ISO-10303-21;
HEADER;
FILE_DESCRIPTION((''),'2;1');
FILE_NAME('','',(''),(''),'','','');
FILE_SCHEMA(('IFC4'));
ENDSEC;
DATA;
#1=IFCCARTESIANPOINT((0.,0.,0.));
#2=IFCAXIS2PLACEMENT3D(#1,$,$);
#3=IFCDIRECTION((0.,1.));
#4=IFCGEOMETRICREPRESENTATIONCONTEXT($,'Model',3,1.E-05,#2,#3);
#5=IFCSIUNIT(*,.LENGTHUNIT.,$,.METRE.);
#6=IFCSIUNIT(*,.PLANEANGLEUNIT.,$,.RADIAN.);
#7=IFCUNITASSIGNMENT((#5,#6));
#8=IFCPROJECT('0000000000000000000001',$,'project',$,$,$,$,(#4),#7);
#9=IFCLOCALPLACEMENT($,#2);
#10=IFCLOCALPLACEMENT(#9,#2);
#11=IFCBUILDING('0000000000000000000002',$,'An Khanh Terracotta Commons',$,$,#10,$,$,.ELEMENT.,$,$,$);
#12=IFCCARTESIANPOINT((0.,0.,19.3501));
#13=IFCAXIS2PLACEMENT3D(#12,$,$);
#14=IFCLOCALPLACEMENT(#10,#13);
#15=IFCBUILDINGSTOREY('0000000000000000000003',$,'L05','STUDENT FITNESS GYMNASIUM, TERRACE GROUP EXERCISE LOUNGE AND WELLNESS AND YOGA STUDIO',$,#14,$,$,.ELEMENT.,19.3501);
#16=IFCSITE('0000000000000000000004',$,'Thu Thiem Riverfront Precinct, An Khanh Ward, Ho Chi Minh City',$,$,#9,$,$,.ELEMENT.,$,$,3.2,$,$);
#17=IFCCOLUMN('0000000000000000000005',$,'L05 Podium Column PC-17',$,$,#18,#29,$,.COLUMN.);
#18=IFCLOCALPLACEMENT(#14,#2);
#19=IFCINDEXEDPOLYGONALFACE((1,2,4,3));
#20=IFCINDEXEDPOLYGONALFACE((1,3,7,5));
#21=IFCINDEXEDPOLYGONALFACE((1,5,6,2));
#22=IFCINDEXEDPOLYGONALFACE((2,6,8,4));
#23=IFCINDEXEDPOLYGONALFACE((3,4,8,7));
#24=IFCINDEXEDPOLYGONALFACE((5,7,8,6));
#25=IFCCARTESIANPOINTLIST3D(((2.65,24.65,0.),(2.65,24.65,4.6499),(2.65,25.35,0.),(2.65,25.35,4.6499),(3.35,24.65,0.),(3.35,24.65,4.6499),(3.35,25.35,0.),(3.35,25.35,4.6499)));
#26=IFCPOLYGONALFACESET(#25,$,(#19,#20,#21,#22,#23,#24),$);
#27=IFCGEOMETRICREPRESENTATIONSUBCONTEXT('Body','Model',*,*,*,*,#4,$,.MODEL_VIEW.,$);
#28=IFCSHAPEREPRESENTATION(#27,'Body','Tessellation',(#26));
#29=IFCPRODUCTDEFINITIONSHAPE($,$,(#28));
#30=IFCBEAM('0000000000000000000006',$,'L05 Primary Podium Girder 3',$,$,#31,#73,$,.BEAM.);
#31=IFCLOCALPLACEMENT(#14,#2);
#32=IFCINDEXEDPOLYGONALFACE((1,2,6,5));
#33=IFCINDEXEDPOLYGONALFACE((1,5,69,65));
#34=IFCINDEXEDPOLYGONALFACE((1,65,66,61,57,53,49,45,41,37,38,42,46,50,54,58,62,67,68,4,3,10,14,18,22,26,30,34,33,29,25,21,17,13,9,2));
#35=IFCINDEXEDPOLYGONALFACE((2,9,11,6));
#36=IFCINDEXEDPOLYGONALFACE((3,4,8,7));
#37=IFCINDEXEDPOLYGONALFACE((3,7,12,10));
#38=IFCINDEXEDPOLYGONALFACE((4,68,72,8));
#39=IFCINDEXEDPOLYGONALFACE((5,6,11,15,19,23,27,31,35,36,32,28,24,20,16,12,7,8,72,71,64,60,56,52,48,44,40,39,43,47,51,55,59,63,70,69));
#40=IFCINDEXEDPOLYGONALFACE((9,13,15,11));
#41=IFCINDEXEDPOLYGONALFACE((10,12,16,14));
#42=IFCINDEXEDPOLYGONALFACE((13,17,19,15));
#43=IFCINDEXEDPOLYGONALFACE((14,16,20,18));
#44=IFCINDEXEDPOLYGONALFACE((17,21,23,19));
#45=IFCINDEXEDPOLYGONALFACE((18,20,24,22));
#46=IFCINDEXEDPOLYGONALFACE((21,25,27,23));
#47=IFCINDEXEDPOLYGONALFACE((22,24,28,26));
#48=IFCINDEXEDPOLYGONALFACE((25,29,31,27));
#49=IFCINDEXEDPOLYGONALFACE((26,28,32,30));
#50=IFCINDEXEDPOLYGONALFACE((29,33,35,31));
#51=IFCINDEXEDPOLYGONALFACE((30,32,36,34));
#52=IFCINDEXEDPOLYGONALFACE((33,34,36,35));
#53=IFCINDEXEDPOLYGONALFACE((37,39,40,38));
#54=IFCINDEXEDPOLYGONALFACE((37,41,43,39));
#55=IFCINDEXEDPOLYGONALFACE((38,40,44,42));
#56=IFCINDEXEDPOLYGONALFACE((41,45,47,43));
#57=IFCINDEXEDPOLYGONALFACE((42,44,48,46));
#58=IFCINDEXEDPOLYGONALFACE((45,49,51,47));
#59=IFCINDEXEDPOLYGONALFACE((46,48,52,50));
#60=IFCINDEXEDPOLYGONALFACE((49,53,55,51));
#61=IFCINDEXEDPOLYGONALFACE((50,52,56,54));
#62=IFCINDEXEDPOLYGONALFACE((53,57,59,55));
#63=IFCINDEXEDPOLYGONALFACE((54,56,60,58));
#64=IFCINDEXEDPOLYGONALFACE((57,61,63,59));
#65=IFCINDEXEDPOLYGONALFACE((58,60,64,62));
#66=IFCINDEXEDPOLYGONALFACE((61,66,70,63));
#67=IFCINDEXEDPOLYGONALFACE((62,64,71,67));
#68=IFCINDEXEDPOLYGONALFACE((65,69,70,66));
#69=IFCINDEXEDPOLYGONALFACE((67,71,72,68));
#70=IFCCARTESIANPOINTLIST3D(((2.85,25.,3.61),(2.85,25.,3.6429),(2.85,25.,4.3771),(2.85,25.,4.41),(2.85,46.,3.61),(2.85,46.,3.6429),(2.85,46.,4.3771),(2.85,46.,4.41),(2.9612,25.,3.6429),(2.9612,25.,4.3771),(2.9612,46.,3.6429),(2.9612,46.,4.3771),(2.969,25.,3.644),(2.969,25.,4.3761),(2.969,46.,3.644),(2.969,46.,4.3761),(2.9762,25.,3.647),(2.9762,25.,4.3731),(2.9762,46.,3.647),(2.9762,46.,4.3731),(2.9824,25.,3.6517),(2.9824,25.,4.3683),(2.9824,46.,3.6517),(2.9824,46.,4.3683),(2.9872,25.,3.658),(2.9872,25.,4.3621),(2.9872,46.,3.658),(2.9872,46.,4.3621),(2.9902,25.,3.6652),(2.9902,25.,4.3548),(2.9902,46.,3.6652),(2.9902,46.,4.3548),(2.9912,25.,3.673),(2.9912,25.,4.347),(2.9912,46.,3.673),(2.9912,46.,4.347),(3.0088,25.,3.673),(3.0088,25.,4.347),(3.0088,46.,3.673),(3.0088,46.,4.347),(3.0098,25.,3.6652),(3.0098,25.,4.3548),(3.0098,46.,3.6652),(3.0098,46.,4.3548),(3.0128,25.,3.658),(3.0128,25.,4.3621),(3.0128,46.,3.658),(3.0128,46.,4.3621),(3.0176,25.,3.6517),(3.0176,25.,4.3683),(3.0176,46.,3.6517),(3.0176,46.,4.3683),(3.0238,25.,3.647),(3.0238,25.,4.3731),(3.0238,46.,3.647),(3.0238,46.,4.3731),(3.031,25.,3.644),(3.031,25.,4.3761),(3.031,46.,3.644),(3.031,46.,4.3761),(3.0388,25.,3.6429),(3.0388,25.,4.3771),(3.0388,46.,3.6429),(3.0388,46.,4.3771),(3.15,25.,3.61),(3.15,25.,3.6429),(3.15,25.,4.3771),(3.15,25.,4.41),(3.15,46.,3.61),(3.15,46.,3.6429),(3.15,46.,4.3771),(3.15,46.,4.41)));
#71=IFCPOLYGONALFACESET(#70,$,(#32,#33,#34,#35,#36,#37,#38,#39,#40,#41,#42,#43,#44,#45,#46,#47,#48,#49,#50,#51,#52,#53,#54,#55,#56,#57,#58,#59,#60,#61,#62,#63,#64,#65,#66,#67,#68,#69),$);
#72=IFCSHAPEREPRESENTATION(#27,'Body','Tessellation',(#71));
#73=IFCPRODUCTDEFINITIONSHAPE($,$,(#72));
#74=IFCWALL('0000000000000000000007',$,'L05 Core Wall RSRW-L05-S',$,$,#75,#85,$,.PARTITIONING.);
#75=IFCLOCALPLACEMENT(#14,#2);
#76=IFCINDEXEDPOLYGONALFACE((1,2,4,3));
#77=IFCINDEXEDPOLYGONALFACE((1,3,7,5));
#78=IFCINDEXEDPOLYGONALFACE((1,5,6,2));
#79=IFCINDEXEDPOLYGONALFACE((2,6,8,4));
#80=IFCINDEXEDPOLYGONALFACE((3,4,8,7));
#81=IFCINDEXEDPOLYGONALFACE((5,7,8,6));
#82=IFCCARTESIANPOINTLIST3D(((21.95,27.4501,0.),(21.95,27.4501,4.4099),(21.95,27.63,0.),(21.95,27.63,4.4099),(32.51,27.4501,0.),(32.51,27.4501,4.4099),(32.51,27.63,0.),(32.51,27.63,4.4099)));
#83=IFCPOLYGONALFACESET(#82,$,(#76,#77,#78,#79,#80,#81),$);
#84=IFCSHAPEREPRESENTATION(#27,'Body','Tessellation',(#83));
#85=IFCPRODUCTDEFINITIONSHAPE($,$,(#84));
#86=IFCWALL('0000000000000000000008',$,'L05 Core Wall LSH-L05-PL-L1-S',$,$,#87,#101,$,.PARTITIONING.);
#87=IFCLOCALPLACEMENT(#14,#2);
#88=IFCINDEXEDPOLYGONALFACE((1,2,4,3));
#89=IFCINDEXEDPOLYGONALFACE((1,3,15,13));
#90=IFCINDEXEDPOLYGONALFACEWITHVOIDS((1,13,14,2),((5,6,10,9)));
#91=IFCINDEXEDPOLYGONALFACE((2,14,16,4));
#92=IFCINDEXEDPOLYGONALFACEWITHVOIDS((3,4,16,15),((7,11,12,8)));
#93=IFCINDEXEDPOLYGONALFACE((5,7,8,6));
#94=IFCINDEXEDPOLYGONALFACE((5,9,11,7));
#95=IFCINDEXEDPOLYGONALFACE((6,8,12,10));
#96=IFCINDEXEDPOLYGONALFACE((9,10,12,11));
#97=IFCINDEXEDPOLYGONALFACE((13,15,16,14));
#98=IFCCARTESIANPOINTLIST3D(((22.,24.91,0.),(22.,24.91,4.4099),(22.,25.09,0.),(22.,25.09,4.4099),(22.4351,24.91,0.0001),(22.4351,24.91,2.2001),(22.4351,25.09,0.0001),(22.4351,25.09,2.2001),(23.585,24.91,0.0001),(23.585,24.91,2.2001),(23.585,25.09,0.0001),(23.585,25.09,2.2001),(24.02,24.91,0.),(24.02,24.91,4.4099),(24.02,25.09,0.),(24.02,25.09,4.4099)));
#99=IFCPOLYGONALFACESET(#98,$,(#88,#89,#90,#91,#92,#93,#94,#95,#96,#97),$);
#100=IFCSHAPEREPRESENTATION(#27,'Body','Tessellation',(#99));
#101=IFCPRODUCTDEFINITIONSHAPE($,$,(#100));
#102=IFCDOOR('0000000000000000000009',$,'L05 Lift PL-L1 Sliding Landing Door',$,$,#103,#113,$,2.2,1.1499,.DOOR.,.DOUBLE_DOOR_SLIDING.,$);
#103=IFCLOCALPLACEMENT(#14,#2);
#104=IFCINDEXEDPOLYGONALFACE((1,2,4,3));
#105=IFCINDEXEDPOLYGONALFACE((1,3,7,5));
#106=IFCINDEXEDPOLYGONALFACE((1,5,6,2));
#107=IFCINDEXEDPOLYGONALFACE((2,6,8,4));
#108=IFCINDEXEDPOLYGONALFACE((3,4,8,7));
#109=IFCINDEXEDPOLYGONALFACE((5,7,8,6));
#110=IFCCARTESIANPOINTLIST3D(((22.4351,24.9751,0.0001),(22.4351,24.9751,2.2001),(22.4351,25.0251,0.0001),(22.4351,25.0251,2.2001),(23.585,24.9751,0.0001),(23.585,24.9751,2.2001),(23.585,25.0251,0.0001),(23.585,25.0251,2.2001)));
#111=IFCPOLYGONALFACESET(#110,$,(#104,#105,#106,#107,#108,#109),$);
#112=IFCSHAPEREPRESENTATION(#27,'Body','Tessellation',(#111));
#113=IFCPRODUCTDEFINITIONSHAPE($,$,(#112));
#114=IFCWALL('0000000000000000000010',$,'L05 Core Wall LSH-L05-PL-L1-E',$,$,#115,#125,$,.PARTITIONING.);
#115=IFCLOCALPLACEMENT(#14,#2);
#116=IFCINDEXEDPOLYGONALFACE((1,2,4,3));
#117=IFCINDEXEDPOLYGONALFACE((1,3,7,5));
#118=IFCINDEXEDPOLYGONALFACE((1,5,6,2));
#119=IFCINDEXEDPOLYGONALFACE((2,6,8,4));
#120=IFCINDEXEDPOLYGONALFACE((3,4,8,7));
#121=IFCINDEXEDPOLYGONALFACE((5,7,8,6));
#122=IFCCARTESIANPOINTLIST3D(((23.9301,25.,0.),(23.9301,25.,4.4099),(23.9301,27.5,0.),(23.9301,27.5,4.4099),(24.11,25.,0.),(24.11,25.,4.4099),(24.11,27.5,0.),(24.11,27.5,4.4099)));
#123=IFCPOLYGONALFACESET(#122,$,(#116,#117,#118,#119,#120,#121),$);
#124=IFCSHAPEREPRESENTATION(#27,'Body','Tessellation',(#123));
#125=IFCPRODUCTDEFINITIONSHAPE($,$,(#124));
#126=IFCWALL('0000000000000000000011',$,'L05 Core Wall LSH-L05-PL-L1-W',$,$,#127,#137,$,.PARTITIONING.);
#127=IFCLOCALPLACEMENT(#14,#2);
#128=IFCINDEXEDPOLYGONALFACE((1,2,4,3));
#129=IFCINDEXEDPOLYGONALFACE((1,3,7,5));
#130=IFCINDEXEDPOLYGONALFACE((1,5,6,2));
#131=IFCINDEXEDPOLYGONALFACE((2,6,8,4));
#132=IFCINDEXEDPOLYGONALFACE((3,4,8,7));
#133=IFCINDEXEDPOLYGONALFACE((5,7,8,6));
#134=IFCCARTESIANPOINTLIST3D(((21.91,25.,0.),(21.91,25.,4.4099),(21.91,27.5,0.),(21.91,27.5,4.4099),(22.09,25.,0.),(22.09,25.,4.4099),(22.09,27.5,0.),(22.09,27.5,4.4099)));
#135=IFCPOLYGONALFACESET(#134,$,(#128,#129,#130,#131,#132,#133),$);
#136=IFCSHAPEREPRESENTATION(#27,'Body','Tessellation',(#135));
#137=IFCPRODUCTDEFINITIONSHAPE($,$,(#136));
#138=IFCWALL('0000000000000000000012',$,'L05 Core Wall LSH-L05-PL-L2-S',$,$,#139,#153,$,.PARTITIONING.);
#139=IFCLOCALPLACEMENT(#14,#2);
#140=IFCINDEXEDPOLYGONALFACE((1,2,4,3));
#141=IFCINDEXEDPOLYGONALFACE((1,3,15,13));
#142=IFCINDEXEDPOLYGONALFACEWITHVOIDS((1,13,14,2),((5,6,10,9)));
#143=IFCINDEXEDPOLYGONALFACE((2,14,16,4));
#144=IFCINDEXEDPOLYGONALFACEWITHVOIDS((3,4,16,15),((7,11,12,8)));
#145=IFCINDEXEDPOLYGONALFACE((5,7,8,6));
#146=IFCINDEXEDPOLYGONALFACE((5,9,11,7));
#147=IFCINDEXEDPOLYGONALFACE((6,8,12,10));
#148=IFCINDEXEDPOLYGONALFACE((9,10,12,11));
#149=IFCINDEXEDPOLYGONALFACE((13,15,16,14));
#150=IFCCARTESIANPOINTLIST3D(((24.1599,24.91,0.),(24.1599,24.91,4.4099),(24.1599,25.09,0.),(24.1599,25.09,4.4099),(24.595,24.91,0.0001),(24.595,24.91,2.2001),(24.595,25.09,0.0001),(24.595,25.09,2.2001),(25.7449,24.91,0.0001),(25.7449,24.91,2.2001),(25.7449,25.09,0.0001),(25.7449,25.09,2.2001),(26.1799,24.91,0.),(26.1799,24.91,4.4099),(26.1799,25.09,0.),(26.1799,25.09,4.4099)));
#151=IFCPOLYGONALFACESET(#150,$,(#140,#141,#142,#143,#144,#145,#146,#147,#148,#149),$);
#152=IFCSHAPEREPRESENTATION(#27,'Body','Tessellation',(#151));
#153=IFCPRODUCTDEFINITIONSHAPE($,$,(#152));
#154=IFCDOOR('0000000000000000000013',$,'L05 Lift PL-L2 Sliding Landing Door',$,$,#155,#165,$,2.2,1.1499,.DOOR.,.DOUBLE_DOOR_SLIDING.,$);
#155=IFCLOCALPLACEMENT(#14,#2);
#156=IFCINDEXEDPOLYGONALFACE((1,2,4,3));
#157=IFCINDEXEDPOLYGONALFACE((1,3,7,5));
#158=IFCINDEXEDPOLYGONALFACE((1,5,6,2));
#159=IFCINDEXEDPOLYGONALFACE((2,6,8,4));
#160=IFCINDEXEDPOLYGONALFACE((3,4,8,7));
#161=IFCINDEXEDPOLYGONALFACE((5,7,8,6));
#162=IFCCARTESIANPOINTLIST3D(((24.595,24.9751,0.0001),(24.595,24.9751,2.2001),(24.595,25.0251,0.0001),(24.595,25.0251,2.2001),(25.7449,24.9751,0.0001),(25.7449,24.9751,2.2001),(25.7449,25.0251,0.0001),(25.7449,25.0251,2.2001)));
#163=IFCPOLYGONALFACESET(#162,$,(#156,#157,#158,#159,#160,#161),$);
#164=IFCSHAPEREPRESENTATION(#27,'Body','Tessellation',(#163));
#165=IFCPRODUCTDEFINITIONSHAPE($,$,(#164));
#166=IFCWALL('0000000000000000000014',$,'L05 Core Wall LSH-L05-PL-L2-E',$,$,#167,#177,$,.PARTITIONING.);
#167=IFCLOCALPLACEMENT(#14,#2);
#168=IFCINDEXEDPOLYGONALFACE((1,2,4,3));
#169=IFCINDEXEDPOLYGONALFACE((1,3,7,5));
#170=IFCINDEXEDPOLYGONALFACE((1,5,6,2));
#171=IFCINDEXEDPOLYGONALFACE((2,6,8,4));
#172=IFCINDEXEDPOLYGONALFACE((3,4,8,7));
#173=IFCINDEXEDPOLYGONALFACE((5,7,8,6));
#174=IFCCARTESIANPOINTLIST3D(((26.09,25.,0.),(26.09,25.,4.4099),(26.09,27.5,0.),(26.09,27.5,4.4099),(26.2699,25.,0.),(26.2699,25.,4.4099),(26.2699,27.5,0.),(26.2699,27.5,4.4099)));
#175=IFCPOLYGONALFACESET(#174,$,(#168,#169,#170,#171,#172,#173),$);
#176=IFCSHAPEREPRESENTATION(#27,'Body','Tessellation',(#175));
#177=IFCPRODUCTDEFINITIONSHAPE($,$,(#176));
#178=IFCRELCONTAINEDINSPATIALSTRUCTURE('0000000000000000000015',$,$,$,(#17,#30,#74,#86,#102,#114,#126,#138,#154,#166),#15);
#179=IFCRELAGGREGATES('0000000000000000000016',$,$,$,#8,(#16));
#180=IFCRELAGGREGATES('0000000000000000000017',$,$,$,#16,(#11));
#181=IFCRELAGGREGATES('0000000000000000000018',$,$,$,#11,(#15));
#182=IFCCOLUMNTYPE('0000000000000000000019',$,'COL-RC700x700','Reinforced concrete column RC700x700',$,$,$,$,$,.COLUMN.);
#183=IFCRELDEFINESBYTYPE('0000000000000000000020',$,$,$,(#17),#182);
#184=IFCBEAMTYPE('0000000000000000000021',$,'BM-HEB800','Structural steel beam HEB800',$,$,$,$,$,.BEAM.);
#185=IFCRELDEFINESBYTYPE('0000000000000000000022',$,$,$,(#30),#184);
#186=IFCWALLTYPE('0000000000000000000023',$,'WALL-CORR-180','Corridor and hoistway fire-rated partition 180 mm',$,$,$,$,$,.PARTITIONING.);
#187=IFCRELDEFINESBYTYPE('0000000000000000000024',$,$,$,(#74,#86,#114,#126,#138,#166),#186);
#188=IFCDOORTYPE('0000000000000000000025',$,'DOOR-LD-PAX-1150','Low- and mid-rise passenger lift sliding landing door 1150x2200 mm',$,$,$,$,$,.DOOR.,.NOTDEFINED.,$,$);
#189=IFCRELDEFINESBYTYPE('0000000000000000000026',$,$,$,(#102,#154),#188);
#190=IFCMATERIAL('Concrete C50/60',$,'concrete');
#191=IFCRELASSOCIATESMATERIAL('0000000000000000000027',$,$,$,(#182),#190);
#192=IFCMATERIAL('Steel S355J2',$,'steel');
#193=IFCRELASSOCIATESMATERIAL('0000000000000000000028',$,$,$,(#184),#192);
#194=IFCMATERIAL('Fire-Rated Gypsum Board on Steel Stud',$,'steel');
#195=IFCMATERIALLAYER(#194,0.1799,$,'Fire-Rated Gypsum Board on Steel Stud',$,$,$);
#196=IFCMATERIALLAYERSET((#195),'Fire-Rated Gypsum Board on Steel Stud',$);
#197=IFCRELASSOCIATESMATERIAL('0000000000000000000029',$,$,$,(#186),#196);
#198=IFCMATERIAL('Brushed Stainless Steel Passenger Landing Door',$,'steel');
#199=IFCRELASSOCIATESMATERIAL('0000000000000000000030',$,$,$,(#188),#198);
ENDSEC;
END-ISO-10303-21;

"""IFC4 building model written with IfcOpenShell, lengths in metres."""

from ifc_helpers import new_model, si_unit, direction, frame, frame_2d, origin, origin_2d, place, context, subcontext, project, spatial, rectangle, i_section, extrude, material, layer, layer_set, material_profile, profile_set, type_object, element, fill, save


model = new_model("IFC4")

# Units and contexts
model_context = context("Model", 3, precision=1e-05, world=origin(), true_north=direction((0.0, 1.0)))
body_context = subcontext(model_context, "Body", "Model", "MODEL_VIEW")
ifc_project = project(units=[si_unit("LENGTHUNIT", "METRE"), si_unit("PLANEANGLEUNIT", "RADIAN")], contexts=[model_context])

# Site, building, storey
site_placement = place(None, origin())
site = spatial("IfcSite", under=ifc_project, at=site_placement, Name="Thu Thiem Riverfront Precinct, An Khanh Ward, Ho Chi Minh City", CompositionType="ELEMENT", RefElevation=3.2)
building_placement = place(site_placement, origin())
building = spatial("IfcBuilding", under=site, at=building_placement, Name="An Khanh Terracotta Commons", CompositionType="ELEMENT")
storey_placement = place(building_placement, frame((0.0, 0.0, 19.3501)))
storey = spatial("IfcBuildingStorey", under=building, at=storey_placement, Name="L05", Description="STUDENT FITNESS GYMNASIUM, TERRACE GROUP EXERCISE LOUNGE AND WELLNESS AND YOGA STUDIO", CompositionType="ELEMENT", Elevation=19.3501)

# Column
ifc_material_1 = material(Name="Concrete C50/60", Category="concrete")
ifc_material_profile_1 = material_profile(ifc_material_1, rectangle(XDim=0.7, YDim=0.7, at=origin_2d()), Name="RC700x700")
ifc_profile_set_1 = profile_set([ifc_material_profile_1], Name="Concrete C50/60")
column_type = type_object("IfcColumnType", Name="COL-RC700x700", Description="Reinforced concrete column RC700x700", PredefinedType="COLUMN", material=ifc_profile_set_1)
column_placement = place(storey_placement, frame((3.0, 25.0, 0.0), z_axis=(0.0, 0.0, 1.0), x_axis=(1.0, 0.0, 0.0)))
element("IfcColumn", 1, at=column_placement, inside=storey, type_object=column_type, Name="L05 Podium Column PC-17", PredefinedType="COLUMN", context=body_context, shape_type="SweptSolid", body=[
    extrude(rectangle(XDim=0.7, YDim=0.7, at=origin_2d()), origin(), (0.0, 0.0, 1.0), 4.6499),
])

# Beam
ifc_material_2 = material(Name="Steel S355J2", Category="steel")
ifc_material_profile_2 = material_profile(ifc_material_2, i_section(OverallWidth=0.3, OverallDepth=0.8, WebThickness=0.0176, FlangeThickness=0.033, FilletRadius=0.03, at=origin_2d()), Name="HEB800")
ifc_profile_set_2 = profile_set([ifc_material_profile_2], Name="Steel S355J2")
beam_type = type_object("IfcBeamType", Name="BM-HEB800", Description="Structural steel beam HEB800", PredefinedType="BEAM", material=ifc_profile_set_2)
beam_placement = place(storey_placement, frame((3.0, 25.0, 4.01), z_axis=(0.0, 1.0, 0.0), x_axis=(-1.0, 0.0, 0.0)))
element("IfcBeam", 2, at=beam_placement, inside=storey, type_object=beam_type, Name="L05 Primary Podium Girder 3", PredefinedType="BEAM", context=body_context, shape_type="SweptSolid", body=[
    extrude(i_section(OverallWidth=0.3, OverallDepth=0.8, WebThickness=0.0176, FlangeThickness=0.033, FilletRadius=0.03, at=origin_2d()), origin(), (0.0, 0.0, 1.0), 21.0),
])

# Wall
ifc_material_3 = material(Name="Fire-Rated Gypsum Board on Steel Stud", Category="steel")
ifc_layer_1 = layer(ifc_material_3, 0.1799, Name="Fire-Rated Gypsum Board on Steel Stud")
ifc_layer_set_1 = layer_set([ifc_layer_1], Name="Fire-Rated Gypsum Board on Steel Stud")
wall_type_1 = type_object("IfcWallType", Name="WALL-CORR-180", Description="Corridor and hoistway fire-rated partition 180 mm", PredefinedType="PARTITIONING", material=ifc_layer_set_1)
wall_1_placement = place(storey_placement, frame((21.95, 27.54, 0.0), z_axis=(0.0, 0.0, 1.0), x_axis=(1.0, 0.0, 0.0)))
element("IfcWall", 3, at=wall_1_placement, inside=storey, type_object=wall_type_1, Name="L05 Core Wall RSRW-L05-S", PredefinedType="PARTITIONING", context=body_context, shape_type="SweptSolid", body=[
    extrude(rectangle(XDim=10.5601, YDim=0.1799, at=frame_2d((5.28, 0.0))), origin(), (0.0, 0.0, 1.0), 4.4099),
])

# Wall, opening, door
wall_2_placement = place(storey_placement, frame((24.02, 25.0, 0.0), z_axis=(0.0, 0.0, 1.0), x_axis=(-1.0, 0.0, 0.0)))
wall_2 = element("IfcWall", 4, at=wall_2_placement, inside=storey, type_object=wall_type_1, Name="L05 Core Wall LSH-L05-PL-L1-S", PredefinedType="PARTITIONING", context=body_context, shape_type="SweptSolid", body=[
    extrude(rectangle(XDim=2.02, YDim=0.1799, at=frame_2d((1.01, 0.0))), origin(), (0.0, 0.0, 1.0), 4.4099),
])
opening_1_placement = place(wall_2_placement, frame((0.4351, 0.0, 0.0)))
opening_1 = element("IfcOpeningElement", 5, at=opening_1_placement, cuts=wall_2, PredefinedType="OPENING", context=body_context, shape_type="SweptSolid", body=[
    extrude(rectangle(XDim=1.1499, YDim=2.2, at=frame_2d((0.575, 1.1001))), frame((0.0, 0.0999, 0.0), z_axis=(0.0, -1.0, 0.0), x_axis=(1.0, 0.0, 0.0)), (0.0, 0.0, 1.0), 0.2),
])
ifc_material_4 = material(Name="Brushed Stainless Steel Passenger Landing Door", Category="steel")
door_type = type_object("IfcDoorType", Name="DOOR-LD-PAX-1150", Description="Low- and mid-rise passenger lift sliding landing door 1150x2200 mm", OperationType="NOTDEFINED", PredefinedType="DOOR", material=ifc_material_4)
door_1_placement = place(opening_1_placement, origin())
door_1 = element("IfcDoor", 6, at=door_1_placement, inside=storey, type_object=door_type, Name="L05 Lift PL-L1 Sliding Landing Door", OperationType="DOUBLE_DOOR_SLIDING", OverallHeight=2.2, OverallWidth=1.1499, PredefinedType="DOOR", context=body_context, shape_type="SweptSolid", body=[
    extrude(rectangle(XDim=1.1499, YDim=2.2, at=frame_2d((0.575, 1.1001))), frame((0.0, 0.0249, 0.0), z_axis=(0.0, -1.0, 0.0), x_axis=(1.0, 0.0, 0.0)), (0.0, 0.0, 1.0), 0.05),
])
fill(opening_1, door_1)

# Walls
for number, where, z_axis, x_axis, name in (
    (7, (24.02, 25.0, 0.0), (0.0, 0.0, 1.0), (0.0, 1.0, 0.0), "L05 Core Wall LSH-L05-PL-L1-E"),
    (8, (22.0, 27.5, 0.0), (0.0, 0.0, 1.0), (0.0, -1.0, 0.0), "L05 Core Wall LSH-L05-PL-L1-W"),
):
    element("IfcWall", number, at=place(storey_placement, frame(where, z_axis=z_axis, x_axis=x_axis)), inside=storey, type_object=wall_type_1, Name=name, PredefinedType="PARTITIONING", context=body_context, shape_type="SweptSolid", body=[
        extrude(rectangle(XDim=2.5, YDim=0.1799, at=frame_2d((1.25, 0.0))), origin(), (0.0, 0.0, 1.0), 4.4099),
    ])

# Wall, opening, door
wall_3_placement = place(storey_placement, frame((26.1799, 25.0, 0.0), z_axis=(0.0, 0.0, 1.0), x_axis=(-1.0, 0.0, 0.0)))
wall_3 = element("IfcWall", 9, at=wall_3_placement, inside=storey, type_object=wall_type_1, Name="L05 Core Wall LSH-L05-PL-L2-S", PredefinedType="PARTITIONING", context=body_context, shape_type="SweptSolid", body=[
    extrude(rectangle(XDim=2.02, YDim=0.1799, at=frame_2d((1.01, 0.0))), origin(), (0.0, 0.0, 1.0), 4.4099),
])
opening_2_placement = place(wall_3_placement, frame((0.4351, 0.0, 0.0)))
opening_2 = element("IfcOpeningElement", 10, at=opening_2_placement, cuts=wall_3, PredefinedType="OPENING", context=body_context, shape_type="SweptSolid", body=[
    extrude(rectangle(XDim=1.1499, YDim=2.2, at=frame_2d((0.575, 1.1001))), frame((0.0, 0.0999, 0.0), z_axis=(0.0, -1.0, 0.0), x_axis=(1.0, 0.0, 0.0)), (0.0, 0.0, 1.0), 0.2),
])
door_2_placement = place(opening_2_placement, origin())
door_2 = element("IfcDoor", 11, at=door_2_placement, inside=storey, type_object=door_type, Name="L05 Lift PL-L2 Sliding Landing Door", OperationType="DOUBLE_DOOR_SLIDING", OverallHeight=2.2, OverallWidth=1.1499, PredefinedType="DOOR", context=body_context, shape_type="SweptSolid", body=[
    extrude(rectangle(XDim=1.1499, YDim=2.2, at=frame_2d((0.575, 1.1001))), frame((0.0, 0.0249, 0.0), z_axis=(0.0, -1.0, 0.0), x_axis=(1.0, 0.0, 0.0)), (0.0, 0.0, 1.0), 0.05),
])
fill(opening_2, door_2)

# Wall
wall_4_placement = place(storey_placement, frame((26.1799, 25.0, 0.0), z_axis=(0.0, 0.0, 1.0), x_axis=(0.0, 1.0, 0.0)))
element("IfcWall", 12, at=wall_4_placement, inside=storey, type_object=wall_type_1, Name="L05 Core Wall LSH-L05-PL-L2-E", PredefinedType="PARTITIONING", context=body_context, shape_type="SweptSolid", body=[
    extrude(rectangle(XDim=2.5, YDim=0.1799, at=frame_2d((1.25, 0.0))), origin(), (0.0, 0.0, 1.0), 4.4099),
])

save(model, "model.ifc")
